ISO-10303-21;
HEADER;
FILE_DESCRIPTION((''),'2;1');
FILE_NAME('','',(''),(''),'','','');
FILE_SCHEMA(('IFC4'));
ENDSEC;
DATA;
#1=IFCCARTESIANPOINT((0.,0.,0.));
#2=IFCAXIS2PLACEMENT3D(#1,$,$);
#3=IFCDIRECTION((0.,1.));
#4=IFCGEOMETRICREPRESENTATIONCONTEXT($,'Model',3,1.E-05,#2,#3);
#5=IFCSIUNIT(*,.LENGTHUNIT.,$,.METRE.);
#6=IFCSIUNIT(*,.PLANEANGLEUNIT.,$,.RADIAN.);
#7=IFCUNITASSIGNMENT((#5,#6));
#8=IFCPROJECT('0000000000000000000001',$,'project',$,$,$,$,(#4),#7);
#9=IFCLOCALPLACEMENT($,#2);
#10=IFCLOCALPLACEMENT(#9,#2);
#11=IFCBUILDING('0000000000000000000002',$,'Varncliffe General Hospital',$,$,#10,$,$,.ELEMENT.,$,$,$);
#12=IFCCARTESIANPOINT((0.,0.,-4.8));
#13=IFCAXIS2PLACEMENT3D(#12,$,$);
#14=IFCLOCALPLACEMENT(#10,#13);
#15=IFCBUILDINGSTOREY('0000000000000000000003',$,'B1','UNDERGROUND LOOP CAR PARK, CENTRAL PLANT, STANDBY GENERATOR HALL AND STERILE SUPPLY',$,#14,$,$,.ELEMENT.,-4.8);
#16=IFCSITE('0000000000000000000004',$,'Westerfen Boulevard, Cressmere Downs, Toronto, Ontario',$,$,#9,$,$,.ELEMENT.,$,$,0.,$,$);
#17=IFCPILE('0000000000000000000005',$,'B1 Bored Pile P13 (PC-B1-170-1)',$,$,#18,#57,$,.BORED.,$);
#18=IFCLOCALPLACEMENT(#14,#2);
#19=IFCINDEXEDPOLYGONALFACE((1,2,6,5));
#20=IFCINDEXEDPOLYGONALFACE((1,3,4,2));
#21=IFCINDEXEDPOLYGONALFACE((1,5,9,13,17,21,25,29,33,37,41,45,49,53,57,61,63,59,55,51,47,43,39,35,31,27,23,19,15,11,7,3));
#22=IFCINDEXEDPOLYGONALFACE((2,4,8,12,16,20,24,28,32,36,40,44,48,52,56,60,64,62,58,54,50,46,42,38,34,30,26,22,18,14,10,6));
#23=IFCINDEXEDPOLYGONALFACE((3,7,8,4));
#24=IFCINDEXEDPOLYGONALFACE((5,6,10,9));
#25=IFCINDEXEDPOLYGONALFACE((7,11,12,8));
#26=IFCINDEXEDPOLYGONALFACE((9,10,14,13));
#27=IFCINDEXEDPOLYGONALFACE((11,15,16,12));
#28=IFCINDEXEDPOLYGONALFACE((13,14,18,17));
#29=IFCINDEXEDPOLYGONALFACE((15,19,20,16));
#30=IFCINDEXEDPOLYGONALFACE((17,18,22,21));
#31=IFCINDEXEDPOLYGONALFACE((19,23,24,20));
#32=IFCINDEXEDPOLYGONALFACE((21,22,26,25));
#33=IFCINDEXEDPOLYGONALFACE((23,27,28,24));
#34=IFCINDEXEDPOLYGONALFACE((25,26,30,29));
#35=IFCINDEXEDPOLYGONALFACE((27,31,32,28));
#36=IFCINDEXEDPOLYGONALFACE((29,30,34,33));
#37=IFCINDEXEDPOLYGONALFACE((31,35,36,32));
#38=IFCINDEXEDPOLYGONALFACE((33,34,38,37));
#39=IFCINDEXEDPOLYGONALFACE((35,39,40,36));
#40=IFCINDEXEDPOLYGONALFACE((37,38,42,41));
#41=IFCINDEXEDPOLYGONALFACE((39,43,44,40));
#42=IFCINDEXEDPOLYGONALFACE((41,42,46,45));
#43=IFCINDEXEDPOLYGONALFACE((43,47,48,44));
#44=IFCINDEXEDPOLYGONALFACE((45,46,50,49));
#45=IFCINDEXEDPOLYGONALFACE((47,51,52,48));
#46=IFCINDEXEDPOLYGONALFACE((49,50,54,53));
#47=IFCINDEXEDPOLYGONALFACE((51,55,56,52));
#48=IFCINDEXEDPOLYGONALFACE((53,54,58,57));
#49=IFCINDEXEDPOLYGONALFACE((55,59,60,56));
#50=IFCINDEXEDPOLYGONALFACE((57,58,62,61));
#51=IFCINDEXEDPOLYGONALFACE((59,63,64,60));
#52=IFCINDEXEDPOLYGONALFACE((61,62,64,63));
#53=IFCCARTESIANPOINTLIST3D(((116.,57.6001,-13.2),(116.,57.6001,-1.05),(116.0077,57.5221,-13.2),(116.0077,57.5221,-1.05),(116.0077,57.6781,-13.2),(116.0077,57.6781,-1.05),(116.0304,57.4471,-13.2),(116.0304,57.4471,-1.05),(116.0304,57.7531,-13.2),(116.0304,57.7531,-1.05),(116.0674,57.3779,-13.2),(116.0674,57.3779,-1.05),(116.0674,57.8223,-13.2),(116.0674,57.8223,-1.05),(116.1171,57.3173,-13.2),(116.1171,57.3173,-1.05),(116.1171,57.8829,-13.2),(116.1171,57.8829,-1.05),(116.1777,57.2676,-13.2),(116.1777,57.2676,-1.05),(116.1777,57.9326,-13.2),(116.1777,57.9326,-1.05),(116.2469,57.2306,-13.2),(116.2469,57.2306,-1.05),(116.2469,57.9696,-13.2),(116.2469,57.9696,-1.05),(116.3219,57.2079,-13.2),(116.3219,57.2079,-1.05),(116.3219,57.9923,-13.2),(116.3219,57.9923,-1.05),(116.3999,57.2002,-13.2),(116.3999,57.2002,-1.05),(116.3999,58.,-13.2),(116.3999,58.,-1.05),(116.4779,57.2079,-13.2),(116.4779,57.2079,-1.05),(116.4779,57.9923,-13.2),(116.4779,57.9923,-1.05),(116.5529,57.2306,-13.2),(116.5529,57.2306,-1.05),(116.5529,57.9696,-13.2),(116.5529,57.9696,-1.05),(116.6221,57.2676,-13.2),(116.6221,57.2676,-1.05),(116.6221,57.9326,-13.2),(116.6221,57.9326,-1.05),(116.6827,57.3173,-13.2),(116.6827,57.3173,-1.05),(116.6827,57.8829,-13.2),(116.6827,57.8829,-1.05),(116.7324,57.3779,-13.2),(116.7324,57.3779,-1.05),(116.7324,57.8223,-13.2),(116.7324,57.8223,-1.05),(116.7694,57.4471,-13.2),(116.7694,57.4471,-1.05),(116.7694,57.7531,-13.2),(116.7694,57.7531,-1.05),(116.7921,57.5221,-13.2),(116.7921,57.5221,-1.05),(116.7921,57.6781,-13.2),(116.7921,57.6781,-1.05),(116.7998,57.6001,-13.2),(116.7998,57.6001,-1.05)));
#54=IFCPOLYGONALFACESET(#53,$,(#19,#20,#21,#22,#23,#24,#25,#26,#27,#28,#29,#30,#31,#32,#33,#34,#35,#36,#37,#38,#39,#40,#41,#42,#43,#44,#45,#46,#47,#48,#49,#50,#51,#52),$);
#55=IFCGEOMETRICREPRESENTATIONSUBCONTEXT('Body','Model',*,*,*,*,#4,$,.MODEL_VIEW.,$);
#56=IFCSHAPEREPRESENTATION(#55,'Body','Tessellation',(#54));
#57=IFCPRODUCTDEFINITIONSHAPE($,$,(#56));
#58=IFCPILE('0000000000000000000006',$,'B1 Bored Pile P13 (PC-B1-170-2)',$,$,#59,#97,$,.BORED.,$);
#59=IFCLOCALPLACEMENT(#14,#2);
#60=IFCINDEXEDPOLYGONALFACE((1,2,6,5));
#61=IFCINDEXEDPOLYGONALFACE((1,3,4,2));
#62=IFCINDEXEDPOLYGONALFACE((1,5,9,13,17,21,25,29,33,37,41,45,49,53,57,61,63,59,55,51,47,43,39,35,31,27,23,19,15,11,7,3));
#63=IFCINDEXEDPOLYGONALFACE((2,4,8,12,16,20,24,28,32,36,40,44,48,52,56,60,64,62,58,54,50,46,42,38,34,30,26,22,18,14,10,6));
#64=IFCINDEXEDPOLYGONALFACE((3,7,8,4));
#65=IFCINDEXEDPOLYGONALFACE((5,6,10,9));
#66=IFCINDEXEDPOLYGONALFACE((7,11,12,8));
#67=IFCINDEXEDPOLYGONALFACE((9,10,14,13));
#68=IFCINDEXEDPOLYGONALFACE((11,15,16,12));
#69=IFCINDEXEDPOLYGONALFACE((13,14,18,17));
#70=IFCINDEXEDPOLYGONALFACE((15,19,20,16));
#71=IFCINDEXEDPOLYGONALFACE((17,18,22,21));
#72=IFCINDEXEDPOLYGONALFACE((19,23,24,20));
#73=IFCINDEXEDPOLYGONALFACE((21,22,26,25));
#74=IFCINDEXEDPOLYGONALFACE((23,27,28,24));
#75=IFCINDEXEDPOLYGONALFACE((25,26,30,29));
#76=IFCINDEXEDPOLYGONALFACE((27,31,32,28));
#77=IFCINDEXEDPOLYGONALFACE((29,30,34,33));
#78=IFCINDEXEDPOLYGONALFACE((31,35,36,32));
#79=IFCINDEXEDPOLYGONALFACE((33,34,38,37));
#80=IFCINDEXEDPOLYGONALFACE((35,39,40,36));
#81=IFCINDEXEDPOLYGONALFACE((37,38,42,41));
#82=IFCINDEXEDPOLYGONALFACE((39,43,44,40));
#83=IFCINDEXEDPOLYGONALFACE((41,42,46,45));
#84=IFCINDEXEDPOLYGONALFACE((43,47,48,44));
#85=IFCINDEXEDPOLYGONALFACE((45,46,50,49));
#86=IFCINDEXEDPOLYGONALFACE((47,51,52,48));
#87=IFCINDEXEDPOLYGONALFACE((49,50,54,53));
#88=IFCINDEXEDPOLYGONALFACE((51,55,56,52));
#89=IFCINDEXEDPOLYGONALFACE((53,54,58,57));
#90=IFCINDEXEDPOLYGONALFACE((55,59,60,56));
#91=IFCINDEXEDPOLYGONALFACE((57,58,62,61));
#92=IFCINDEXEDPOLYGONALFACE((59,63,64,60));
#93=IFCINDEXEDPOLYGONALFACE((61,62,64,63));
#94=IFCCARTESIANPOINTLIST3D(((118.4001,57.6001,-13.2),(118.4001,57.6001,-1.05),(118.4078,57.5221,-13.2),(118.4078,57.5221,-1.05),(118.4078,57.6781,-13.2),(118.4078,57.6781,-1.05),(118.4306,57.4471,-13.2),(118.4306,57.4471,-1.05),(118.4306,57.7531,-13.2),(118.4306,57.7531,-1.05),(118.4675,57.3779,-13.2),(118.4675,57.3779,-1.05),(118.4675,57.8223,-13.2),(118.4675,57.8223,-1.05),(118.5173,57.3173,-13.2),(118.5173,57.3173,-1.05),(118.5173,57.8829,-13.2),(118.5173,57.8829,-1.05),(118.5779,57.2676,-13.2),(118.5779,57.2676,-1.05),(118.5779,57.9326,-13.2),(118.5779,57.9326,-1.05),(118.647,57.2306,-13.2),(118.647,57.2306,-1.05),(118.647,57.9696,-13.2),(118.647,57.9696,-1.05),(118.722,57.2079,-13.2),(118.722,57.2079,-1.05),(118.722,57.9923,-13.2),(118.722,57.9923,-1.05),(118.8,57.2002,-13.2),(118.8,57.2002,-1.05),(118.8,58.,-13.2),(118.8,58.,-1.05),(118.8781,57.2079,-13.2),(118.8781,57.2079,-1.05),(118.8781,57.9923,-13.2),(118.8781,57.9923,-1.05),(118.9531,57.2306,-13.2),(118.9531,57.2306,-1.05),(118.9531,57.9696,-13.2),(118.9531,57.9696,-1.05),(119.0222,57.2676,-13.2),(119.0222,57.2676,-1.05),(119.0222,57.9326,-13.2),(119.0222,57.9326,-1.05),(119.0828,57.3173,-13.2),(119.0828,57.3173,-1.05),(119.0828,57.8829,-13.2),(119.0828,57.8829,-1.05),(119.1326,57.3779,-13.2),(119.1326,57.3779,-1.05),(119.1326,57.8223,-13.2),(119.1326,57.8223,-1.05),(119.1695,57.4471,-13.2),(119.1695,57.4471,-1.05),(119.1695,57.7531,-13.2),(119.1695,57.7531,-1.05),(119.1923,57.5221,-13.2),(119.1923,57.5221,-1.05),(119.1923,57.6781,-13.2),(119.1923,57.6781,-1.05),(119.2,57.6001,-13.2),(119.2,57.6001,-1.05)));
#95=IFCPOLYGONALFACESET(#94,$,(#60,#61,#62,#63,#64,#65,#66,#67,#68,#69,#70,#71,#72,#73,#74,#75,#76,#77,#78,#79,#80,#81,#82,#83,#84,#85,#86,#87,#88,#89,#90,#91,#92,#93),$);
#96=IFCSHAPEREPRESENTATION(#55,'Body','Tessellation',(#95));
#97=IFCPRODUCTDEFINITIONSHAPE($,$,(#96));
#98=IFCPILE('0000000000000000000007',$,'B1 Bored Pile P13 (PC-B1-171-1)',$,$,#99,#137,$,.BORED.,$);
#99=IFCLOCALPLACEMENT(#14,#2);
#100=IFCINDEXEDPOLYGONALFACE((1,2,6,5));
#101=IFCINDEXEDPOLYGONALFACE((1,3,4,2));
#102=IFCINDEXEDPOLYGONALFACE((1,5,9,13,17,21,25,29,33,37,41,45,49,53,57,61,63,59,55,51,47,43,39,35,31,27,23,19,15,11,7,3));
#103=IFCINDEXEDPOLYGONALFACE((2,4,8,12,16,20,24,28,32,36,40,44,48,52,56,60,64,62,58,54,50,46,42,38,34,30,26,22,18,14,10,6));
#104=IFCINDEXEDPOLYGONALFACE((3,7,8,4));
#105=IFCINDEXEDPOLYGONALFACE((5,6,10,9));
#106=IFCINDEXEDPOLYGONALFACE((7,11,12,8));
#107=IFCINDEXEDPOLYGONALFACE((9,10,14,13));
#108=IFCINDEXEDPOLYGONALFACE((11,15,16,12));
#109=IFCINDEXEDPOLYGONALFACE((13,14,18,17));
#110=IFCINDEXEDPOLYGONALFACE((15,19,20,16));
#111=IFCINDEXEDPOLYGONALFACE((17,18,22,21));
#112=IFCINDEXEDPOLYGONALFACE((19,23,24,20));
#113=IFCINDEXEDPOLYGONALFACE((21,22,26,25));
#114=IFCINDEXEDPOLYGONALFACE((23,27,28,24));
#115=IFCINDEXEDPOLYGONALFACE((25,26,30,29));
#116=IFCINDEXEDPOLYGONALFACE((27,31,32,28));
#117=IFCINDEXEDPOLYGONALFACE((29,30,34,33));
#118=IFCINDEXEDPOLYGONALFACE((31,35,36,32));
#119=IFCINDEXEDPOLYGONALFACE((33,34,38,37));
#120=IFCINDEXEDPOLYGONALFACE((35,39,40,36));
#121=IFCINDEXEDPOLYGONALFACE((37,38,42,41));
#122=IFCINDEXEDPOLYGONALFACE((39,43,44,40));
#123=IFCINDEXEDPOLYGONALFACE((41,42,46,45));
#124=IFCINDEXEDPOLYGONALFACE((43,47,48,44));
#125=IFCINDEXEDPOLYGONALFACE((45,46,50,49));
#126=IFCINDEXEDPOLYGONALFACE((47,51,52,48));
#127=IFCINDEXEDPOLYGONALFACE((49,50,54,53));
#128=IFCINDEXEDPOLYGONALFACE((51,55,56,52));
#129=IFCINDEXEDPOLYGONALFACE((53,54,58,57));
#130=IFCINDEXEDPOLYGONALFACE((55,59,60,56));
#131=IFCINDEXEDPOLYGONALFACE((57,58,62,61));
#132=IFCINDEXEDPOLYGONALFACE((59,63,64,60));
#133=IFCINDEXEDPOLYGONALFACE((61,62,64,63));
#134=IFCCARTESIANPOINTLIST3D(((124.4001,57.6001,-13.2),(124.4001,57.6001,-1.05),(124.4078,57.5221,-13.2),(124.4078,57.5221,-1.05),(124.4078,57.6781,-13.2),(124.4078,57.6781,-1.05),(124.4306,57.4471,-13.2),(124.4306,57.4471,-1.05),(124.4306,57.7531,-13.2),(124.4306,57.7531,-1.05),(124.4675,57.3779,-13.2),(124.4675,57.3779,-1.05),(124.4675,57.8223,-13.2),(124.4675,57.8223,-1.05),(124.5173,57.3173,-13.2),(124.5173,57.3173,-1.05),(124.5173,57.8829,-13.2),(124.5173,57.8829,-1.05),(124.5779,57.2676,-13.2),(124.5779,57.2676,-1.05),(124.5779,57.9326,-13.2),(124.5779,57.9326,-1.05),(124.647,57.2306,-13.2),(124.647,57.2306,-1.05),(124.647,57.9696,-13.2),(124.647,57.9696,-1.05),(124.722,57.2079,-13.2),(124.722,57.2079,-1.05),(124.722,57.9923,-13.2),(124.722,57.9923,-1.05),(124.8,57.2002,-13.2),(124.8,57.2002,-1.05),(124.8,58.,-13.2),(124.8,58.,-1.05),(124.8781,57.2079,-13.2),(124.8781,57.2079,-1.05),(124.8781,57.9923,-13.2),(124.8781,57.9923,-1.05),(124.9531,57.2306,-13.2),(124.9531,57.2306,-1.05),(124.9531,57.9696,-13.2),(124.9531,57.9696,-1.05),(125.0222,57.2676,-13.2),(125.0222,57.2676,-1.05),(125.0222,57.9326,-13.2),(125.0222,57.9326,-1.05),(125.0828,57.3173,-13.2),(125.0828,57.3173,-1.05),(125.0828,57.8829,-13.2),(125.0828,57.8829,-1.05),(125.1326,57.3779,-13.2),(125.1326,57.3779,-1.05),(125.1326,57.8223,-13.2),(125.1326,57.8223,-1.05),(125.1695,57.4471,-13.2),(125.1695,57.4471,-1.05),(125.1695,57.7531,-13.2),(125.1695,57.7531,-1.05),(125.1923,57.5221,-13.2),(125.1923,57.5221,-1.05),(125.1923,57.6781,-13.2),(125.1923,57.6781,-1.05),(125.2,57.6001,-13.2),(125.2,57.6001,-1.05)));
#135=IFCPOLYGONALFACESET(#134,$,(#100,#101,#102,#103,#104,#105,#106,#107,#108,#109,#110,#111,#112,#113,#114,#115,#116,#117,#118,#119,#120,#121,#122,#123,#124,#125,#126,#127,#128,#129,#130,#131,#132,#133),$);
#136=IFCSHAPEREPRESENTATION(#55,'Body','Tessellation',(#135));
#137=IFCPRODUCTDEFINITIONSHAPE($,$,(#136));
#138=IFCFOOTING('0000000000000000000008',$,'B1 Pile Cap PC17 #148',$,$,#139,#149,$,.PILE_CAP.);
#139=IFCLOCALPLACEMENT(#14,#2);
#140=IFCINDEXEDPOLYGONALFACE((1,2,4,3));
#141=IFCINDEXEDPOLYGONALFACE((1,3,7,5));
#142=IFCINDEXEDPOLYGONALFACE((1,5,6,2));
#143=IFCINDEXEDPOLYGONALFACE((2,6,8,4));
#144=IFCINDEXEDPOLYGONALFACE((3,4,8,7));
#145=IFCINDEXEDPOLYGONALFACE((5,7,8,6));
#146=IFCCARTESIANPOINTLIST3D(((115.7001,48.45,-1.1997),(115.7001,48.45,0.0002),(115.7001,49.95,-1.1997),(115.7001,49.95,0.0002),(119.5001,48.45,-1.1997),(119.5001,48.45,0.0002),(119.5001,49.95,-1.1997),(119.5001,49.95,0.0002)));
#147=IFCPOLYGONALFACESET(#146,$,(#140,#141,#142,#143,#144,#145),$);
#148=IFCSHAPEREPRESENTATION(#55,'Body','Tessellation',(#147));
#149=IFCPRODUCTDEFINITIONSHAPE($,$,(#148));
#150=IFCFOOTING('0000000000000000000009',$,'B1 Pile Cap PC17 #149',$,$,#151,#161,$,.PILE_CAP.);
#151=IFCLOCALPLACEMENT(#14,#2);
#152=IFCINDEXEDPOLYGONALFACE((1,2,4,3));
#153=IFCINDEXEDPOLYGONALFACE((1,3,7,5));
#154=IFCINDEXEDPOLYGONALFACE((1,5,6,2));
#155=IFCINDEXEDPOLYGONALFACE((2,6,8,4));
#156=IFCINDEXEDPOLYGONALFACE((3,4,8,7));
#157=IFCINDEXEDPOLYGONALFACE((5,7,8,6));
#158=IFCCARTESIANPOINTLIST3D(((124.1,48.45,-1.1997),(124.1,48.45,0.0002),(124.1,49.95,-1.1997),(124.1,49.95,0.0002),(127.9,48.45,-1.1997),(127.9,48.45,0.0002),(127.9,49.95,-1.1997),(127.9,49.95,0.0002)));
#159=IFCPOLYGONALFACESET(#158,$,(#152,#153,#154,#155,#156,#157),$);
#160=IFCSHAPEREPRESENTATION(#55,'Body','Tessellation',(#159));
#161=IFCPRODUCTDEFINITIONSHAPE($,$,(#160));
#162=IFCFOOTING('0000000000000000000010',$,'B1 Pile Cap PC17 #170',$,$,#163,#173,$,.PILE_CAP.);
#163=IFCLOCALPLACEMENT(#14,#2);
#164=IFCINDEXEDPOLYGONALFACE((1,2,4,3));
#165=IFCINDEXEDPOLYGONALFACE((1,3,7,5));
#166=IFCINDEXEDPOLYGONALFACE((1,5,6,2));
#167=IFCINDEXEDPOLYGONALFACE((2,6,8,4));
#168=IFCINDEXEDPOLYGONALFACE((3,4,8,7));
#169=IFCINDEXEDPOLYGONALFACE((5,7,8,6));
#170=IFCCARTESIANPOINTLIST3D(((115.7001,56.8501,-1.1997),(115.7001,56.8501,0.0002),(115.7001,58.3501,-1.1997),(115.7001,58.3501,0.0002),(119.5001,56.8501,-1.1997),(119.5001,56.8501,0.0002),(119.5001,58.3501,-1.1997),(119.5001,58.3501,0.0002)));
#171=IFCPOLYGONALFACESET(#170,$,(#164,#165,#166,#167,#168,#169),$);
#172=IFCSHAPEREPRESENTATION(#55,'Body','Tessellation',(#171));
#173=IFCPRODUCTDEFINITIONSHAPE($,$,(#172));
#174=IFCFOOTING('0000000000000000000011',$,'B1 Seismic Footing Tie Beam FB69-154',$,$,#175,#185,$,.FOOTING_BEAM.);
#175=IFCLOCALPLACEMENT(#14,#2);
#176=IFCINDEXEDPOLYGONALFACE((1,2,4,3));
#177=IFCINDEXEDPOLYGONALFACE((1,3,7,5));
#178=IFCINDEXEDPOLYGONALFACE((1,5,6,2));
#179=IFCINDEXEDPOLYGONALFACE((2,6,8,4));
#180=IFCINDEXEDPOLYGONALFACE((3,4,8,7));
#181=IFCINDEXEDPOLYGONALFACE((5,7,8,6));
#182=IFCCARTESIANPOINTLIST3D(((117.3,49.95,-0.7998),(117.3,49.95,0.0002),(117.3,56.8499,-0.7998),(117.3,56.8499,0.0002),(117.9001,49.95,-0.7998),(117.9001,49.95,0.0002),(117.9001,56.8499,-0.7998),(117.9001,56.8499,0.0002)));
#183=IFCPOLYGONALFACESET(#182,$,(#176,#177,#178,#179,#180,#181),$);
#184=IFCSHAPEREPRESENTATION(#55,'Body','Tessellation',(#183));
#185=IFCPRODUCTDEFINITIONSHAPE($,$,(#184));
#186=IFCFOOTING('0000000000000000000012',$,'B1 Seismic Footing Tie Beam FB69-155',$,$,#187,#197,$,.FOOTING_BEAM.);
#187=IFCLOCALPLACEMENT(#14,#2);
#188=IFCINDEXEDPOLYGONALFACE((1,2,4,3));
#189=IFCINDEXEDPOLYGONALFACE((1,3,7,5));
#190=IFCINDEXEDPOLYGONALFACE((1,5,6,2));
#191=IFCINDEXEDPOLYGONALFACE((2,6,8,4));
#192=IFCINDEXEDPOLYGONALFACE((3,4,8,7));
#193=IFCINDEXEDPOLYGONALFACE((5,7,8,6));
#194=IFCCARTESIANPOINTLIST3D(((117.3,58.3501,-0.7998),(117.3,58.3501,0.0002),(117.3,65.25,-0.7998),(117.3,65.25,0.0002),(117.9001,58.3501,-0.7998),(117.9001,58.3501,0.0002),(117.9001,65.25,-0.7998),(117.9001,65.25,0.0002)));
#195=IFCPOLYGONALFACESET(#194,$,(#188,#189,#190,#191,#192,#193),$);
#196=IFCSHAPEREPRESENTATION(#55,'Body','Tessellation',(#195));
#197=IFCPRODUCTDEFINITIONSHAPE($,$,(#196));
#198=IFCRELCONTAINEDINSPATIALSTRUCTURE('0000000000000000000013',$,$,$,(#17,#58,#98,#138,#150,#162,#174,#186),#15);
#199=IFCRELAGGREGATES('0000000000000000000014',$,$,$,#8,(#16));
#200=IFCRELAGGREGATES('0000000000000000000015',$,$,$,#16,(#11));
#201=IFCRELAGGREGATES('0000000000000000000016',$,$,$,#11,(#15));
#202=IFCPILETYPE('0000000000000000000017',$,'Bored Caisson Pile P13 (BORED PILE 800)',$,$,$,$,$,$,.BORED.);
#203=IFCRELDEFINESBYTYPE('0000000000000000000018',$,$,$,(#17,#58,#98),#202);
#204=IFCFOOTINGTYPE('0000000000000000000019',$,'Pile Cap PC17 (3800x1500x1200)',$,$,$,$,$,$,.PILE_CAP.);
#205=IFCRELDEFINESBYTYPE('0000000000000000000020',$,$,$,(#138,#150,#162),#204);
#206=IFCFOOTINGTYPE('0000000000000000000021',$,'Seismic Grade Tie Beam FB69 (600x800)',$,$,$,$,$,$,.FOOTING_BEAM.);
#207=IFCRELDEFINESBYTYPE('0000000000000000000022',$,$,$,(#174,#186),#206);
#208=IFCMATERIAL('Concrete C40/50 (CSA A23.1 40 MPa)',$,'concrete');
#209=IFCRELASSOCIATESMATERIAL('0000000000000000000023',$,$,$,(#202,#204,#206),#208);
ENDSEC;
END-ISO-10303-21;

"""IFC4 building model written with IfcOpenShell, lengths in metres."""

from ifc_helpers import new_model, si_unit, direction, frame, origin, origin_2d, place, context, subcontext, project, spatial, rectangle, circle, extrude, material, material_profile, profile_set, type_object, element, save


model = new_model("IFC4")

# Units and contexts
model_context = context("Model", 3, precision=1e-05, world=origin(), true_north=direction((0.0, 1.0)))
body_context = subcontext(model_context, "Body", "Model", "MODEL_VIEW")
ifc_project = project(units=[si_unit("LENGTHUNIT", "METRE"), si_unit("PLANEANGLEUNIT", "RADIAN")], contexts=[model_context])

# Site, building, storey
site_placement = place(None, origin())
site = spatial("IfcSite", under=ifc_project, at=site_placement, Name="Westerfen Boulevard, Cressmere Downs, Toronto, Ontario", CompositionType="ELEMENT", RefElevation=0.0)
building_placement = place(site_placement, origin())
building = spatial("IfcBuilding", under=site, at=building_placement, Name="Varncliffe General Hospital", CompositionType="ELEMENT")
storey_placement = place(building_placement, frame((0.0, 0.0, -4.8)))
storey = spatial("IfcBuildingStorey", under=building, at=storey_placement, Name="B1", Description="UNDERGROUND LOOP CAR PARK, CENTRAL PLANT, STANDBY GENERATOR HALL AND STERILE SUPPLY", CompositionType="ELEMENT", Elevation=-4.8)

# Piles
ifc_material_1 = material(Name="Concrete C40/50 (CSA A23.1 40 MPa)", Category="concrete")
ifc_material_profile_1 = material_profile(ifc_material_1, circle(Radius=0.3999, at=origin_2d()), Name="BORED PILE 800")
ifc_profile_set_1 = profile_set([ifc_material_profile_1], Name="Concrete C40/50 (CSA A23.1 40 MPa)")
pile_type = type_object("IfcPileType", Name="Bored Caisson Pile P13 (BORED PILE 800)", PredefinedType="BORED", material=ifc_profile_set_1)
for number, where, z_axis, x_axis, name in (
    (1, (116.3999, 57.6001, -1.05), (0.0, 0.0, -1.0), (1.0, 0.0, 0.0), "B1 Bored Pile P13 (PC-B1-170-1)"),
    (2, (118.8, 57.6001, -1.05), (0.0, 0.0, -1.0), (1.0, 0.0, 0.0), "B1 Bored Pile P13 (PC-B1-170-2)"),
    (3, (124.8, 57.6001, -1.05), (0.0, 0.0, -1.0), (1.0, 0.0, 0.0), "B1 Bored Pile P13 (PC-B1-171-1)"),
):
    element("IfcPile", number, at=place(storey_placement, frame(where, z_axis=z_axis, x_axis=x_axis)), inside=storey, type_object=pile_type, Name=name, PredefinedType="BORED", context=body_context, shape_type="SweptSolid", body=[
        extrude(circle(Radius=0.3999, at=origin_2d()), origin(), (0.0, 0.0, 1.0), 12.1499),
    ])

# Footings
footing_type_1 = type_object("IfcFootingType", Name="Pile Cap PC17 (3800x1500x1200)", PredefinedType="PILE_CAP", material=ifc_material_1)
for number, where, z_axis, x_axis, name in (
    (4, (117.6001, 49.2, -1.1997), (0.0, 0.0, 1.0), (1.0, 0.0, 0.0), "B1 Pile Cap PC17 #148"),
    (5, (126.0, 49.2, -1.1997), (0.0, 0.0, 1.0), (1.0, 0.0, 0.0), "B1 Pile Cap PC17 #149"),
    (6, (117.6001, 57.6001, -1.1997), (0.0, 0.0, 1.0), (1.0, 0.0, 0.0), "B1 Pile Cap PC17 #170"),
):
    element("IfcFooting", number, at=place(storey_placement, frame(where, z_axis=z_axis, x_axis=x_axis)), inside=storey, type_object=footing_type_1, Name=name, PredefinedType="PILE_CAP", context=body_context, shape_type="SweptSolid", body=[
        extrude(rectangle(XDim=3.8, YDim=1.5, at=origin_2d()), origin(), (0.0, 0.0, 1.0), 1.2),
    ])
footing_type_2 = type_object("IfcFootingType", Name="Seismic Grade Tie Beam FB69 (600x800)", PredefinedType="FOOTING_BEAM", material=ifc_material_1)
for number, where, z_axis, x_axis, name in (
    (7, (117.6001, 53.3999, -0.7998), (0.0, 0.0, 1.0), (1.0, 0.0, 0.0), "B1 Seismic Footing Tie Beam FB69-154"),
    (8, (117.6001, 61.8, -0.7998), (0.0, 0.0, 1.0), (1.0, 0.0, 0.0), "B1 Seismic Footing Tie Beam FB69-155"),
):
    element("IfcFooting", number, at=place(storey_placement, frame(where, z_axis=z_axis, x_axis=x_axis)), inside=storey, type_object=footing_type_2, Name=name, PredefinedType="FOOTING_BEAM", context=body_context, shape_type="SweptSolid", body=[
        extrude(rectangle(XDim=0.6001, YDim=6.8999, at=origin_2d()), origin(), (0.0, 0.0, 1.0), 0.8),
    ])

save(model, "model.ifc")
